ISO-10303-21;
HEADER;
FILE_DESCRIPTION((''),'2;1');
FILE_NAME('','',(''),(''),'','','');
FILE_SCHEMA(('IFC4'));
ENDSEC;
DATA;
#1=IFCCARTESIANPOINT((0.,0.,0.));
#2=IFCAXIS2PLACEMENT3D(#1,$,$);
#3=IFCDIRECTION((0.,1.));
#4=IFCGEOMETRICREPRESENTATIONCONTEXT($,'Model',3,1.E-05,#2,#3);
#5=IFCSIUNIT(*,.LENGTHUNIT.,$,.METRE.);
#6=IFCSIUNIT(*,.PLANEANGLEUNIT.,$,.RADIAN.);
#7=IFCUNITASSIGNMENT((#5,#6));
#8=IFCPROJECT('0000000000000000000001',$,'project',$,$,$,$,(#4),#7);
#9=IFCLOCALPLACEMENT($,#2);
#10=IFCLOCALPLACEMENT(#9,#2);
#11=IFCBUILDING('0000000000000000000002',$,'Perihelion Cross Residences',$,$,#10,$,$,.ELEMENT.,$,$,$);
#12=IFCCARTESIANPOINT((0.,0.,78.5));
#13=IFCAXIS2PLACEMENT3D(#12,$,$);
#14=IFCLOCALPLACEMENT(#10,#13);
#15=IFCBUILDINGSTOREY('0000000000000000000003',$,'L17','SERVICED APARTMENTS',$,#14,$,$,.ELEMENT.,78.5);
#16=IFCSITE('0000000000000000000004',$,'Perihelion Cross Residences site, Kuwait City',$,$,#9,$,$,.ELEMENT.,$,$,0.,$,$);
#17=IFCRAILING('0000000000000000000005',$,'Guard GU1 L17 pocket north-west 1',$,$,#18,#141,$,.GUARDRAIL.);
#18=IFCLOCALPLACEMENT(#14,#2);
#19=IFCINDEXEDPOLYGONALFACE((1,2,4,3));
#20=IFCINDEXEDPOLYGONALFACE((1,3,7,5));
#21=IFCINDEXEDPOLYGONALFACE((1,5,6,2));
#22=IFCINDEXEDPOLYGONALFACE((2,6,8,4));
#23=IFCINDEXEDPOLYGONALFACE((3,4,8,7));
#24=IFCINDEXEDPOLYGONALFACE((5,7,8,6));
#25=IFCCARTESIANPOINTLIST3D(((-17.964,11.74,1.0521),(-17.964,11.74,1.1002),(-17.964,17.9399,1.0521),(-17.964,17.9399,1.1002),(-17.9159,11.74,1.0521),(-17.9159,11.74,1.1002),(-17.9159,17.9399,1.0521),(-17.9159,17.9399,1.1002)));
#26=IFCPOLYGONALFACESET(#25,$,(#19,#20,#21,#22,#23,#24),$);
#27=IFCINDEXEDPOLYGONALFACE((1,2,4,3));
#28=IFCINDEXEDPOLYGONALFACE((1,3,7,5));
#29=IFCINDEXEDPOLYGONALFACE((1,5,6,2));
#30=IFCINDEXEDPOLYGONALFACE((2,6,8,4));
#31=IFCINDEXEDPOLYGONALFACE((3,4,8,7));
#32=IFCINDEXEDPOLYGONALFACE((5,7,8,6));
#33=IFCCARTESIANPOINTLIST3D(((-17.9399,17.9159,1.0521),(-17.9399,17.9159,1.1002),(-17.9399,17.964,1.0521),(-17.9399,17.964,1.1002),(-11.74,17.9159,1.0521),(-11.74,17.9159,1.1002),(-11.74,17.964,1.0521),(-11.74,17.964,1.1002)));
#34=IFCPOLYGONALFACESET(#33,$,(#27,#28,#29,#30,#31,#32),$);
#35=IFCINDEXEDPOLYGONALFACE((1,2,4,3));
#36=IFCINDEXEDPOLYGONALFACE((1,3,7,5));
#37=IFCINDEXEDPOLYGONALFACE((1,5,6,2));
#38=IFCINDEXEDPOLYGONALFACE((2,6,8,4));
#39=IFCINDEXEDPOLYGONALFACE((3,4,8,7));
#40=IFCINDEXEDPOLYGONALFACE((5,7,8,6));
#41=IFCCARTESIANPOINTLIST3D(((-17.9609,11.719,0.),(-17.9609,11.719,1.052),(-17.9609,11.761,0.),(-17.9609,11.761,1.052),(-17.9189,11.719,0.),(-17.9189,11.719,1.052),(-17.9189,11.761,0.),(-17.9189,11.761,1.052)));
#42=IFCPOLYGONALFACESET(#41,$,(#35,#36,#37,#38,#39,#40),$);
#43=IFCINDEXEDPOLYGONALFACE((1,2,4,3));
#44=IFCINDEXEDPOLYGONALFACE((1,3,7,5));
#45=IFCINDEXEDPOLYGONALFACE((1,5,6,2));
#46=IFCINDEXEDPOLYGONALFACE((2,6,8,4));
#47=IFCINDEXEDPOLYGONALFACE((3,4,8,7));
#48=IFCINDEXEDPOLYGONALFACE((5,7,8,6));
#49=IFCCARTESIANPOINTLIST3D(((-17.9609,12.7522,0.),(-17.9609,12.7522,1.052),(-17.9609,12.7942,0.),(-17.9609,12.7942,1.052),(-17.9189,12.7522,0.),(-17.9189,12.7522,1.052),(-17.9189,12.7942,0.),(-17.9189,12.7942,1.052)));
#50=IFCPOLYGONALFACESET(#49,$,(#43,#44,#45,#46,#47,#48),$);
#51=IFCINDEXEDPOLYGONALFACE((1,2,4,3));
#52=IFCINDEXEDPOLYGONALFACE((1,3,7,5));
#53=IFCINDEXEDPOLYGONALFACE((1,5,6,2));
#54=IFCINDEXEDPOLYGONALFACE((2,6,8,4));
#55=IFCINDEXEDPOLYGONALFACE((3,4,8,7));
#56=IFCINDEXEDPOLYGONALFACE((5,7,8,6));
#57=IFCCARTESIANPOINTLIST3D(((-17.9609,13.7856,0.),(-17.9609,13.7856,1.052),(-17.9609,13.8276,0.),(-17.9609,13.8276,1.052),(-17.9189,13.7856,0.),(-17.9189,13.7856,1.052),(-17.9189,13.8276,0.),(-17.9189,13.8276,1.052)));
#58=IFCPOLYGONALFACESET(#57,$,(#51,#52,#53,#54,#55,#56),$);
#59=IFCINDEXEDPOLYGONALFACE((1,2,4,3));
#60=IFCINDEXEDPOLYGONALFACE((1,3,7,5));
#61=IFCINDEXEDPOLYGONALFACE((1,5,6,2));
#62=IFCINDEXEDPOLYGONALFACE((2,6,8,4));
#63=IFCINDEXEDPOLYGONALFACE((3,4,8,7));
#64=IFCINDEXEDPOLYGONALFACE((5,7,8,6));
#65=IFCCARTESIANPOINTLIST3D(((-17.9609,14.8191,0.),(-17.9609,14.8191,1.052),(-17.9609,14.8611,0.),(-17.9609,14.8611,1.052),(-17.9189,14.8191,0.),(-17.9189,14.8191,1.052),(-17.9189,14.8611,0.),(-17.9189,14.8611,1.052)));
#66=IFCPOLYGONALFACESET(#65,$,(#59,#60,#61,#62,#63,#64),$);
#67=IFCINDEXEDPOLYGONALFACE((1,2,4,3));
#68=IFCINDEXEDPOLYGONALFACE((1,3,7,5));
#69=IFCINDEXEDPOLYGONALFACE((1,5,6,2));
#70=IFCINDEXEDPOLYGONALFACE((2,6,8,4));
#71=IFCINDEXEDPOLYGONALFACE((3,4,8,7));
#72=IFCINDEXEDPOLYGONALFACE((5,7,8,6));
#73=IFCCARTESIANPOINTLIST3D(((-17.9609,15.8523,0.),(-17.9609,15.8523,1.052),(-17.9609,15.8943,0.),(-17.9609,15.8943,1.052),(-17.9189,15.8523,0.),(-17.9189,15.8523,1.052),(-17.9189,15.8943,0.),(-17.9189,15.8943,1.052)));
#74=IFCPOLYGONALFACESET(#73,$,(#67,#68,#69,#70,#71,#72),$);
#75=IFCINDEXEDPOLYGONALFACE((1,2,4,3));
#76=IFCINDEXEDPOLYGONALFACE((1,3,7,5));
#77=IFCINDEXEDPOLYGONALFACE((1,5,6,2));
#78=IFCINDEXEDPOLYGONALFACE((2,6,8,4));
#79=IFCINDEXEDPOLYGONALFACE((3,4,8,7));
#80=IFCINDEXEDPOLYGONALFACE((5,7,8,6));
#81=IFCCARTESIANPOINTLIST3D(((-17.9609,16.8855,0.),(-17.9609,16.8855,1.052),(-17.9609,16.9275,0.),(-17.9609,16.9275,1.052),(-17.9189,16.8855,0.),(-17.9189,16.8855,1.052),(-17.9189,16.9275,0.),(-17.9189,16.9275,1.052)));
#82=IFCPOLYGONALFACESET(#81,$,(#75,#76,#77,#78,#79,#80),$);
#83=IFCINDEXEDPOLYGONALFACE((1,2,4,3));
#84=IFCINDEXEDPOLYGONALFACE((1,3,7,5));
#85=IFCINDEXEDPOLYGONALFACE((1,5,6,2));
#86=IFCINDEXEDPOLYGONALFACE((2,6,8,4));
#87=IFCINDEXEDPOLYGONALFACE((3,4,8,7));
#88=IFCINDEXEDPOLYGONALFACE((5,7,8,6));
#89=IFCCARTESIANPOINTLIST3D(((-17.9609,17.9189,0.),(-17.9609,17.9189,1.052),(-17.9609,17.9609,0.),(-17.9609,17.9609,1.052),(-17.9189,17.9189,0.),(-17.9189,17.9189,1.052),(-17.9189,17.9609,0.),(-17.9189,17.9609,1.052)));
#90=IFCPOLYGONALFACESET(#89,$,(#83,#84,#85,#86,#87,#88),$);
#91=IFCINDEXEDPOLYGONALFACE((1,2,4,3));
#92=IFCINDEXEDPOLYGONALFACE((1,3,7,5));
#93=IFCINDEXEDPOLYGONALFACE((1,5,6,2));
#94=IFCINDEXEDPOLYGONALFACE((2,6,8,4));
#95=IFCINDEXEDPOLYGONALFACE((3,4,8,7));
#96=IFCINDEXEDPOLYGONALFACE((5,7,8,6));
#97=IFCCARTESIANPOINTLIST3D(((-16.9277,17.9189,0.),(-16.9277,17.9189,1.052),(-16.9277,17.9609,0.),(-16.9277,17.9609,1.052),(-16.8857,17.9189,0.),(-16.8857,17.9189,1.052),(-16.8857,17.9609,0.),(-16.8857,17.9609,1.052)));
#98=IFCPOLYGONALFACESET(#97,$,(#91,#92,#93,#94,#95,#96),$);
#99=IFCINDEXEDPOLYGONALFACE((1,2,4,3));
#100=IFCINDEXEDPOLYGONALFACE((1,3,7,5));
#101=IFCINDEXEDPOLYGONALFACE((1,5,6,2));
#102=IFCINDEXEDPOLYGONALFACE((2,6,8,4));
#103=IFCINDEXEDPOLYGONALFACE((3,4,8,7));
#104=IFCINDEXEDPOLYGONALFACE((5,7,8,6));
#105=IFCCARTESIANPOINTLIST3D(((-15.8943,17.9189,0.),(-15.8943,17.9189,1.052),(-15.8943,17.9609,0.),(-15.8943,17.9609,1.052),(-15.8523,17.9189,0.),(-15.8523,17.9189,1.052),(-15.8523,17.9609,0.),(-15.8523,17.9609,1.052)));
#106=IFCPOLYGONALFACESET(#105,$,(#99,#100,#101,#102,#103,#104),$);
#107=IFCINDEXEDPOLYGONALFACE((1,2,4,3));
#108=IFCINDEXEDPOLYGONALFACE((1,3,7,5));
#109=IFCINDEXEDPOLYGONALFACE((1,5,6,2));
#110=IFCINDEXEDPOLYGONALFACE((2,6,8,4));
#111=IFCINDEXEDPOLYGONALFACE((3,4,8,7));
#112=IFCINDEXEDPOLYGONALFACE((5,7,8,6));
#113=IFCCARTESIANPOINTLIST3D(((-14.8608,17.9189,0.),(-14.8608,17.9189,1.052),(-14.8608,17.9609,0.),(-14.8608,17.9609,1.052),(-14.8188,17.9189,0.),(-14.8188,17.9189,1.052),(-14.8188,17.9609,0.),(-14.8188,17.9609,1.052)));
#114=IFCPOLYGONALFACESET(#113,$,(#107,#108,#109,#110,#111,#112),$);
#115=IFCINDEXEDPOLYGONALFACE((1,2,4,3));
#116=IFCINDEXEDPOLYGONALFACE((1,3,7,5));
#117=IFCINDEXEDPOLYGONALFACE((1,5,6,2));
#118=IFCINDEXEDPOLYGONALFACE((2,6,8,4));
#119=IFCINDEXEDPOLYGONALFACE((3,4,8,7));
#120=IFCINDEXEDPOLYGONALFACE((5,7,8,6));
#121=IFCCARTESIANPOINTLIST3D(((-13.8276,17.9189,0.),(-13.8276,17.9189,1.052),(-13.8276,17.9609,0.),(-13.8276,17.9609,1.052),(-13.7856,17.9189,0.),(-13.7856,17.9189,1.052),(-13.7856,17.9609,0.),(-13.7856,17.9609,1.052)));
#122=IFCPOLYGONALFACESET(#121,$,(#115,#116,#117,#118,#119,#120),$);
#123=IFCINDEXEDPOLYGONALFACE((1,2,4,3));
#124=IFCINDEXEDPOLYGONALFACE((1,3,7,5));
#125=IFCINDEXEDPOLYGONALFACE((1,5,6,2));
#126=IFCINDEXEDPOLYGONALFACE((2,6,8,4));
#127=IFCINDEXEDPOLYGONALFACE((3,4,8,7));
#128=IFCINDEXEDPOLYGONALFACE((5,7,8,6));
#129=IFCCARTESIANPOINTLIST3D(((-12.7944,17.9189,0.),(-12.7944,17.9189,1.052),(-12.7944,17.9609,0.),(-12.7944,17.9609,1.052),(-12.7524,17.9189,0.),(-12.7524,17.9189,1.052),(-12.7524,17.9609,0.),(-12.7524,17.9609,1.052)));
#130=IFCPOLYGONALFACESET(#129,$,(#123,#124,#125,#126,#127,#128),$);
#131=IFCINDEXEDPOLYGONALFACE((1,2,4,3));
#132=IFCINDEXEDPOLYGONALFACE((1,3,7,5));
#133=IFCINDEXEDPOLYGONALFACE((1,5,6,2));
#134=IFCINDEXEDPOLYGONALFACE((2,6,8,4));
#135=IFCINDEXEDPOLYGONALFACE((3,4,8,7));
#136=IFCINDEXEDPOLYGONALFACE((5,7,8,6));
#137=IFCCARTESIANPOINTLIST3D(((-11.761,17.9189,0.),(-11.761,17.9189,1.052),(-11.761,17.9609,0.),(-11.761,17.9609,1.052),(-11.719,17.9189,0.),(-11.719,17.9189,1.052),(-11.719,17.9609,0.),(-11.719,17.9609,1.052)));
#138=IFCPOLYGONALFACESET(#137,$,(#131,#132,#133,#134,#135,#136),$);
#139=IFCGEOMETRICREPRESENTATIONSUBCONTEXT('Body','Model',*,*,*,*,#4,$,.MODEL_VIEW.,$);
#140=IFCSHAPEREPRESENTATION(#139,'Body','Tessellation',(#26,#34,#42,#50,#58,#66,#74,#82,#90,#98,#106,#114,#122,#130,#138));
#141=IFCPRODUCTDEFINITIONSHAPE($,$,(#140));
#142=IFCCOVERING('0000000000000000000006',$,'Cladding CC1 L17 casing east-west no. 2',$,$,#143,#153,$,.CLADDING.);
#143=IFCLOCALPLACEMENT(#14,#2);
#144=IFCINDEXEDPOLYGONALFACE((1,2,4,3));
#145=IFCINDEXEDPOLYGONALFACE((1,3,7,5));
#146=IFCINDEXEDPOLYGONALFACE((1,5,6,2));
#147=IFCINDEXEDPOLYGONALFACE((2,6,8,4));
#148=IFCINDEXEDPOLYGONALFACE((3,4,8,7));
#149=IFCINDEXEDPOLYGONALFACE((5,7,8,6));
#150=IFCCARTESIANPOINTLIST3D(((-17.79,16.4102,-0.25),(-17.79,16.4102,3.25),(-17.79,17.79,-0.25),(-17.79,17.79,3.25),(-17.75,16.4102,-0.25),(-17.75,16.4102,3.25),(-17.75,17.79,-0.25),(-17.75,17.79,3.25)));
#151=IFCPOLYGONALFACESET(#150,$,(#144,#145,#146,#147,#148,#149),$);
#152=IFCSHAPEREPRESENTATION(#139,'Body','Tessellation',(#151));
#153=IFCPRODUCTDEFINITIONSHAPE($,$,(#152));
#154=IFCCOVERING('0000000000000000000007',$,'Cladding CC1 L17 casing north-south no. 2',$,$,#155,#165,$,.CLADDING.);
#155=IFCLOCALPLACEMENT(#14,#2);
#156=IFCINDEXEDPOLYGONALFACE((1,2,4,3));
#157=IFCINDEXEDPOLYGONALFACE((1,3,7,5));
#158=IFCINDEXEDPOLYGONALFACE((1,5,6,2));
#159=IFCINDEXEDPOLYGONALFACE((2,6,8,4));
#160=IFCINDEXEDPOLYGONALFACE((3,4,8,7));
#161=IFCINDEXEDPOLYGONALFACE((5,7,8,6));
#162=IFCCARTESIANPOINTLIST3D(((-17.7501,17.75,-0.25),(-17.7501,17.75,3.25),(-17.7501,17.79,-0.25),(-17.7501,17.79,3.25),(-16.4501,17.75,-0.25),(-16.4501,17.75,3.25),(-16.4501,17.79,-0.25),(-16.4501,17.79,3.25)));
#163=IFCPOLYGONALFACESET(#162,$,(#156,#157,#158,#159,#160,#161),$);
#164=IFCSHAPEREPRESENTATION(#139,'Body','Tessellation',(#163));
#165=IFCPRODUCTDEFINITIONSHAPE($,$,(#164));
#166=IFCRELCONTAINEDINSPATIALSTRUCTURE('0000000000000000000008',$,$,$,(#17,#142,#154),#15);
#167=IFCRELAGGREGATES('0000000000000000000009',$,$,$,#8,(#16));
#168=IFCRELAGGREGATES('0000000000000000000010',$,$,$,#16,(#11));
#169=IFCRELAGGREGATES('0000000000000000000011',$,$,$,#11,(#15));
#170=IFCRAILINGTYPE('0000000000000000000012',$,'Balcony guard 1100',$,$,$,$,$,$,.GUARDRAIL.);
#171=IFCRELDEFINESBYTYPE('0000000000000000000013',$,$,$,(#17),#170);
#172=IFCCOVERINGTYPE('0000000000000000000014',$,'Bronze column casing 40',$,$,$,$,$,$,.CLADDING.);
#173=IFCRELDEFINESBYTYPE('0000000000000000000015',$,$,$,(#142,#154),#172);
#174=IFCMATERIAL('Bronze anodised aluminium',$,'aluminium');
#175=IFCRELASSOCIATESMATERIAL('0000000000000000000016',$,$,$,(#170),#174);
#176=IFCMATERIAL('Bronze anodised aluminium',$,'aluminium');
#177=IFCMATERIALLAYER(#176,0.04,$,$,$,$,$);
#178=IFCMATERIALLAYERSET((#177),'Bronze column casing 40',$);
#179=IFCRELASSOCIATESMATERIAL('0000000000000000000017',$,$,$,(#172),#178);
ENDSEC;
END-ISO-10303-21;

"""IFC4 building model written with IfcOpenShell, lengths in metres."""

from ifc_helpers import new_model, si_unit, direction, frame, origin, origin_2d, place, context, subcontext, project, spatial, rectangle, extrude, material, layer, layer_set, type_object, element, save


model = new_model("IFC4")

# Units and contexts
model_context = context("Model", 3, precision=1e-05, world=origin(), true_north=direction((0.0, 1.0)))
body_context = subcontext(model_context, "Body", "Model", "MODEL_VIEW")
ifc_project = project(units=[si_unit("LENGTHUNIT", "METRE"), si_unit("PLANEANGLEUNIT", "RADIAN")], contexts=[model_context])

# Site, building, storey
site_placement = place(None, origin())
site = spatial("IfcSite", under=ifc_project, at=site_placement, Name="Perihelion Cross Residences site, Kuwait City", CompositionType="ELEMENT", RefElevation=0.0)
building_placement = place(site_placement, origin())
building = spatial("IfcBuilding", under=site, at=building_placement, Name="Perihelion Cross Residences", CompositionType="ELEMENT")
storey_placement = place(building_placement, frame((0.0, 0.0, 78.5)))
storey = spatial("IfcBuildingStorey", under=building, at=storey_placement, Name="L17", Description="SERVICED APARTMENTS", CompositionType="ELEMENT", Elevation=78.5)

# Railing
ifc_material_1 = material(Name="Bronze anodised aluminium", Category="aluminium")
railing_type = type_object("IfcRailingType", Name="Balcony guard 1100", PredefinedType="GUARDRAIL", material=ifc_material_1)
railing_1_placement = place(storey_placement, frame((-17.9399, 11.74, 0.0)))
element("IfcRailing", 1, at=railing_1_placement, inside=storey, type_object=railing_type, Name="Guard GU1 L17 pocket north-west 1", PredefinedType="GUARDRAIL", context=body_context, shape_type="SweptSolid", body=[
    extrude(rectangle(XDim=0.0481, YDim=0.0481, at=origin_2d()), frame((0.0, 0.0, 1.0762), z_axis=(0.0, 1.0, 0.0), x_axis=(-1.0, 0.0, 0.0)), (0.0, 0.0, 1.0), 6.2),
    extrude(rectangle(XDim=0.0481, YDim=0.0481, at=origin_2d()), frame((0.0, 6.2, 1.0762), z_axis=(1.0, 0.0, 0.0), x_axis=(0.0, 1.0, 0.0)), (0.0, 0.0, 1.0), 6.2),
    extrude(rectangle(XDim=0.042, YDim=0.042, at=origin_2d()), origin(), (0.0, 0.0, 1.0), 1.052),
    extrude(rectangle(XDim=0.042, YDim=0.042, at=origin_2d()), frame((0.0, 1.0332, 0.0)), (0.0, 0.0, 1.0), 1.052),
    extrude(rectangle(XDim=0.042, YDim=0.042, at=origin_2d()), frame((0.0, 2.0667, 0.0)), (0.0, 0.0, 1.0), 1.052),
    extrude(rectangle(XDim=0.042, YDim=0.042, at=origin_2d()), frame((0.0, 3.1001, 0.0)), (0.0, 0.0, 1.0), 1.052),
    extrude(rectangle(XDim=0.042, YDim=0.042, at=origin_2d()), frame((0.0, 4.1333, 0.0)), (0.0, 0.0, 1.0), 1.052),
    extrude(rectangle(XDim=0.042, YDim=0.042, at=origin_2d()), frame((0.0, 5.1665, 0.0)), (0.0, 0.0, 1.0), 1.052),
    extrude(rectangle(XDim=0.042, YDim=0.042, at=origin_2d()), frame((0.0, 6.2, 0.0)), (0.0, 0.0, 1.0), 1.052),
    extrude(rectangle(XDim=0.042, YDim=0.042, at=origin_2d()), frame((1.0332, 6.2, 0.0)), (0.0, 0.0, 1.0), 1.052),
    extrude(rectangle(XDim=0.042, YDim=0.042, at=origin_2d()), frame((2.0667, 6.2, 0.0)), (0.0, 0.0, 1.0), 1.052),
    extrude(rectangle(XDim=0.042, YDim=0.042, at=origin_2d()), frame((3.1001, 6.2, 0.0)), (0.0, 0.0, 1.0), 1.052),
    extrude(rectangle(XDim=0.042, YDim=0.042, at=origin_2d()), frame((4.1333, 6.2, 0.0)), (0.0, 0.0, 1.0), 1.052),
    extrude(rectangle(XDim=0.042, YDim=0.042, at=origin_2d()), frame((5.1665, 6.2, 0.0)), (0.0, 0.0, 1.0), 1.052),
    extrude(rectangle(XDim=0.042, YDim=0.042, at=origin_2d()), frame((6.2, 6.2, 0.0)), (0.0, 0.0, 1.0), 1.052),
])

# Coverings
ifc_material_2 = material(Name="Bronze anodised aluminium", Category="aluminium")
ifc_layer_1 = layer(ifc_material_2, 0.04)
ifc_layer_set_1 = layer_set([ifc_layer_1], Name="Bronze column casing 40")
covering_type = type_object("IfcCoveringType", Name="Bronze column casing 40", PredefinedType="CLADDING", material=ifc_layer_set_1)
covering_1_placement = place(storey_placement, frame((-17.77, 17.1001, -0.25), z_axis=(0.0, 0.0, 1.0), x_axis=(1.0, 0.0, 0.0)))
element("IfcCovering", 2, at=covering_1_placement, inside=storey, type_object=covering_type, Name="Cladding CC1 L17 casing east-west no. 2", PredefinedType="CLADDING", context=body_context, shape_type="SweptSolid", body=[
    extrude(rectangle(XDim=0.04, YDim=1.3799, at=origin_2d()), origin(), (0.0, 0.0, 1.0), 3.5),
])
covering_2_placement = place(storey_placement, frame((-17.1001, 17.77, -0.25), z_axis=(0.0, 0.0, 1.0), x_axis=(1.0, 0.0, 0.0)))
element("IfcCovering", 3, at=covering_2_placement, inside=storey, type_object=covering_type, Name="Cladding CC1 L17 casing north-south no. 2", PredefinedType="CLADDING", context=body_context, shape_type="SweptSolid", body=[
    extrude(rectangle(XDim=1.3, YDim=0.04, at=origin_2d()), origin(), (0.0, 0.0, 1.0), 3.5),
])

save(model, "model.ifc")
